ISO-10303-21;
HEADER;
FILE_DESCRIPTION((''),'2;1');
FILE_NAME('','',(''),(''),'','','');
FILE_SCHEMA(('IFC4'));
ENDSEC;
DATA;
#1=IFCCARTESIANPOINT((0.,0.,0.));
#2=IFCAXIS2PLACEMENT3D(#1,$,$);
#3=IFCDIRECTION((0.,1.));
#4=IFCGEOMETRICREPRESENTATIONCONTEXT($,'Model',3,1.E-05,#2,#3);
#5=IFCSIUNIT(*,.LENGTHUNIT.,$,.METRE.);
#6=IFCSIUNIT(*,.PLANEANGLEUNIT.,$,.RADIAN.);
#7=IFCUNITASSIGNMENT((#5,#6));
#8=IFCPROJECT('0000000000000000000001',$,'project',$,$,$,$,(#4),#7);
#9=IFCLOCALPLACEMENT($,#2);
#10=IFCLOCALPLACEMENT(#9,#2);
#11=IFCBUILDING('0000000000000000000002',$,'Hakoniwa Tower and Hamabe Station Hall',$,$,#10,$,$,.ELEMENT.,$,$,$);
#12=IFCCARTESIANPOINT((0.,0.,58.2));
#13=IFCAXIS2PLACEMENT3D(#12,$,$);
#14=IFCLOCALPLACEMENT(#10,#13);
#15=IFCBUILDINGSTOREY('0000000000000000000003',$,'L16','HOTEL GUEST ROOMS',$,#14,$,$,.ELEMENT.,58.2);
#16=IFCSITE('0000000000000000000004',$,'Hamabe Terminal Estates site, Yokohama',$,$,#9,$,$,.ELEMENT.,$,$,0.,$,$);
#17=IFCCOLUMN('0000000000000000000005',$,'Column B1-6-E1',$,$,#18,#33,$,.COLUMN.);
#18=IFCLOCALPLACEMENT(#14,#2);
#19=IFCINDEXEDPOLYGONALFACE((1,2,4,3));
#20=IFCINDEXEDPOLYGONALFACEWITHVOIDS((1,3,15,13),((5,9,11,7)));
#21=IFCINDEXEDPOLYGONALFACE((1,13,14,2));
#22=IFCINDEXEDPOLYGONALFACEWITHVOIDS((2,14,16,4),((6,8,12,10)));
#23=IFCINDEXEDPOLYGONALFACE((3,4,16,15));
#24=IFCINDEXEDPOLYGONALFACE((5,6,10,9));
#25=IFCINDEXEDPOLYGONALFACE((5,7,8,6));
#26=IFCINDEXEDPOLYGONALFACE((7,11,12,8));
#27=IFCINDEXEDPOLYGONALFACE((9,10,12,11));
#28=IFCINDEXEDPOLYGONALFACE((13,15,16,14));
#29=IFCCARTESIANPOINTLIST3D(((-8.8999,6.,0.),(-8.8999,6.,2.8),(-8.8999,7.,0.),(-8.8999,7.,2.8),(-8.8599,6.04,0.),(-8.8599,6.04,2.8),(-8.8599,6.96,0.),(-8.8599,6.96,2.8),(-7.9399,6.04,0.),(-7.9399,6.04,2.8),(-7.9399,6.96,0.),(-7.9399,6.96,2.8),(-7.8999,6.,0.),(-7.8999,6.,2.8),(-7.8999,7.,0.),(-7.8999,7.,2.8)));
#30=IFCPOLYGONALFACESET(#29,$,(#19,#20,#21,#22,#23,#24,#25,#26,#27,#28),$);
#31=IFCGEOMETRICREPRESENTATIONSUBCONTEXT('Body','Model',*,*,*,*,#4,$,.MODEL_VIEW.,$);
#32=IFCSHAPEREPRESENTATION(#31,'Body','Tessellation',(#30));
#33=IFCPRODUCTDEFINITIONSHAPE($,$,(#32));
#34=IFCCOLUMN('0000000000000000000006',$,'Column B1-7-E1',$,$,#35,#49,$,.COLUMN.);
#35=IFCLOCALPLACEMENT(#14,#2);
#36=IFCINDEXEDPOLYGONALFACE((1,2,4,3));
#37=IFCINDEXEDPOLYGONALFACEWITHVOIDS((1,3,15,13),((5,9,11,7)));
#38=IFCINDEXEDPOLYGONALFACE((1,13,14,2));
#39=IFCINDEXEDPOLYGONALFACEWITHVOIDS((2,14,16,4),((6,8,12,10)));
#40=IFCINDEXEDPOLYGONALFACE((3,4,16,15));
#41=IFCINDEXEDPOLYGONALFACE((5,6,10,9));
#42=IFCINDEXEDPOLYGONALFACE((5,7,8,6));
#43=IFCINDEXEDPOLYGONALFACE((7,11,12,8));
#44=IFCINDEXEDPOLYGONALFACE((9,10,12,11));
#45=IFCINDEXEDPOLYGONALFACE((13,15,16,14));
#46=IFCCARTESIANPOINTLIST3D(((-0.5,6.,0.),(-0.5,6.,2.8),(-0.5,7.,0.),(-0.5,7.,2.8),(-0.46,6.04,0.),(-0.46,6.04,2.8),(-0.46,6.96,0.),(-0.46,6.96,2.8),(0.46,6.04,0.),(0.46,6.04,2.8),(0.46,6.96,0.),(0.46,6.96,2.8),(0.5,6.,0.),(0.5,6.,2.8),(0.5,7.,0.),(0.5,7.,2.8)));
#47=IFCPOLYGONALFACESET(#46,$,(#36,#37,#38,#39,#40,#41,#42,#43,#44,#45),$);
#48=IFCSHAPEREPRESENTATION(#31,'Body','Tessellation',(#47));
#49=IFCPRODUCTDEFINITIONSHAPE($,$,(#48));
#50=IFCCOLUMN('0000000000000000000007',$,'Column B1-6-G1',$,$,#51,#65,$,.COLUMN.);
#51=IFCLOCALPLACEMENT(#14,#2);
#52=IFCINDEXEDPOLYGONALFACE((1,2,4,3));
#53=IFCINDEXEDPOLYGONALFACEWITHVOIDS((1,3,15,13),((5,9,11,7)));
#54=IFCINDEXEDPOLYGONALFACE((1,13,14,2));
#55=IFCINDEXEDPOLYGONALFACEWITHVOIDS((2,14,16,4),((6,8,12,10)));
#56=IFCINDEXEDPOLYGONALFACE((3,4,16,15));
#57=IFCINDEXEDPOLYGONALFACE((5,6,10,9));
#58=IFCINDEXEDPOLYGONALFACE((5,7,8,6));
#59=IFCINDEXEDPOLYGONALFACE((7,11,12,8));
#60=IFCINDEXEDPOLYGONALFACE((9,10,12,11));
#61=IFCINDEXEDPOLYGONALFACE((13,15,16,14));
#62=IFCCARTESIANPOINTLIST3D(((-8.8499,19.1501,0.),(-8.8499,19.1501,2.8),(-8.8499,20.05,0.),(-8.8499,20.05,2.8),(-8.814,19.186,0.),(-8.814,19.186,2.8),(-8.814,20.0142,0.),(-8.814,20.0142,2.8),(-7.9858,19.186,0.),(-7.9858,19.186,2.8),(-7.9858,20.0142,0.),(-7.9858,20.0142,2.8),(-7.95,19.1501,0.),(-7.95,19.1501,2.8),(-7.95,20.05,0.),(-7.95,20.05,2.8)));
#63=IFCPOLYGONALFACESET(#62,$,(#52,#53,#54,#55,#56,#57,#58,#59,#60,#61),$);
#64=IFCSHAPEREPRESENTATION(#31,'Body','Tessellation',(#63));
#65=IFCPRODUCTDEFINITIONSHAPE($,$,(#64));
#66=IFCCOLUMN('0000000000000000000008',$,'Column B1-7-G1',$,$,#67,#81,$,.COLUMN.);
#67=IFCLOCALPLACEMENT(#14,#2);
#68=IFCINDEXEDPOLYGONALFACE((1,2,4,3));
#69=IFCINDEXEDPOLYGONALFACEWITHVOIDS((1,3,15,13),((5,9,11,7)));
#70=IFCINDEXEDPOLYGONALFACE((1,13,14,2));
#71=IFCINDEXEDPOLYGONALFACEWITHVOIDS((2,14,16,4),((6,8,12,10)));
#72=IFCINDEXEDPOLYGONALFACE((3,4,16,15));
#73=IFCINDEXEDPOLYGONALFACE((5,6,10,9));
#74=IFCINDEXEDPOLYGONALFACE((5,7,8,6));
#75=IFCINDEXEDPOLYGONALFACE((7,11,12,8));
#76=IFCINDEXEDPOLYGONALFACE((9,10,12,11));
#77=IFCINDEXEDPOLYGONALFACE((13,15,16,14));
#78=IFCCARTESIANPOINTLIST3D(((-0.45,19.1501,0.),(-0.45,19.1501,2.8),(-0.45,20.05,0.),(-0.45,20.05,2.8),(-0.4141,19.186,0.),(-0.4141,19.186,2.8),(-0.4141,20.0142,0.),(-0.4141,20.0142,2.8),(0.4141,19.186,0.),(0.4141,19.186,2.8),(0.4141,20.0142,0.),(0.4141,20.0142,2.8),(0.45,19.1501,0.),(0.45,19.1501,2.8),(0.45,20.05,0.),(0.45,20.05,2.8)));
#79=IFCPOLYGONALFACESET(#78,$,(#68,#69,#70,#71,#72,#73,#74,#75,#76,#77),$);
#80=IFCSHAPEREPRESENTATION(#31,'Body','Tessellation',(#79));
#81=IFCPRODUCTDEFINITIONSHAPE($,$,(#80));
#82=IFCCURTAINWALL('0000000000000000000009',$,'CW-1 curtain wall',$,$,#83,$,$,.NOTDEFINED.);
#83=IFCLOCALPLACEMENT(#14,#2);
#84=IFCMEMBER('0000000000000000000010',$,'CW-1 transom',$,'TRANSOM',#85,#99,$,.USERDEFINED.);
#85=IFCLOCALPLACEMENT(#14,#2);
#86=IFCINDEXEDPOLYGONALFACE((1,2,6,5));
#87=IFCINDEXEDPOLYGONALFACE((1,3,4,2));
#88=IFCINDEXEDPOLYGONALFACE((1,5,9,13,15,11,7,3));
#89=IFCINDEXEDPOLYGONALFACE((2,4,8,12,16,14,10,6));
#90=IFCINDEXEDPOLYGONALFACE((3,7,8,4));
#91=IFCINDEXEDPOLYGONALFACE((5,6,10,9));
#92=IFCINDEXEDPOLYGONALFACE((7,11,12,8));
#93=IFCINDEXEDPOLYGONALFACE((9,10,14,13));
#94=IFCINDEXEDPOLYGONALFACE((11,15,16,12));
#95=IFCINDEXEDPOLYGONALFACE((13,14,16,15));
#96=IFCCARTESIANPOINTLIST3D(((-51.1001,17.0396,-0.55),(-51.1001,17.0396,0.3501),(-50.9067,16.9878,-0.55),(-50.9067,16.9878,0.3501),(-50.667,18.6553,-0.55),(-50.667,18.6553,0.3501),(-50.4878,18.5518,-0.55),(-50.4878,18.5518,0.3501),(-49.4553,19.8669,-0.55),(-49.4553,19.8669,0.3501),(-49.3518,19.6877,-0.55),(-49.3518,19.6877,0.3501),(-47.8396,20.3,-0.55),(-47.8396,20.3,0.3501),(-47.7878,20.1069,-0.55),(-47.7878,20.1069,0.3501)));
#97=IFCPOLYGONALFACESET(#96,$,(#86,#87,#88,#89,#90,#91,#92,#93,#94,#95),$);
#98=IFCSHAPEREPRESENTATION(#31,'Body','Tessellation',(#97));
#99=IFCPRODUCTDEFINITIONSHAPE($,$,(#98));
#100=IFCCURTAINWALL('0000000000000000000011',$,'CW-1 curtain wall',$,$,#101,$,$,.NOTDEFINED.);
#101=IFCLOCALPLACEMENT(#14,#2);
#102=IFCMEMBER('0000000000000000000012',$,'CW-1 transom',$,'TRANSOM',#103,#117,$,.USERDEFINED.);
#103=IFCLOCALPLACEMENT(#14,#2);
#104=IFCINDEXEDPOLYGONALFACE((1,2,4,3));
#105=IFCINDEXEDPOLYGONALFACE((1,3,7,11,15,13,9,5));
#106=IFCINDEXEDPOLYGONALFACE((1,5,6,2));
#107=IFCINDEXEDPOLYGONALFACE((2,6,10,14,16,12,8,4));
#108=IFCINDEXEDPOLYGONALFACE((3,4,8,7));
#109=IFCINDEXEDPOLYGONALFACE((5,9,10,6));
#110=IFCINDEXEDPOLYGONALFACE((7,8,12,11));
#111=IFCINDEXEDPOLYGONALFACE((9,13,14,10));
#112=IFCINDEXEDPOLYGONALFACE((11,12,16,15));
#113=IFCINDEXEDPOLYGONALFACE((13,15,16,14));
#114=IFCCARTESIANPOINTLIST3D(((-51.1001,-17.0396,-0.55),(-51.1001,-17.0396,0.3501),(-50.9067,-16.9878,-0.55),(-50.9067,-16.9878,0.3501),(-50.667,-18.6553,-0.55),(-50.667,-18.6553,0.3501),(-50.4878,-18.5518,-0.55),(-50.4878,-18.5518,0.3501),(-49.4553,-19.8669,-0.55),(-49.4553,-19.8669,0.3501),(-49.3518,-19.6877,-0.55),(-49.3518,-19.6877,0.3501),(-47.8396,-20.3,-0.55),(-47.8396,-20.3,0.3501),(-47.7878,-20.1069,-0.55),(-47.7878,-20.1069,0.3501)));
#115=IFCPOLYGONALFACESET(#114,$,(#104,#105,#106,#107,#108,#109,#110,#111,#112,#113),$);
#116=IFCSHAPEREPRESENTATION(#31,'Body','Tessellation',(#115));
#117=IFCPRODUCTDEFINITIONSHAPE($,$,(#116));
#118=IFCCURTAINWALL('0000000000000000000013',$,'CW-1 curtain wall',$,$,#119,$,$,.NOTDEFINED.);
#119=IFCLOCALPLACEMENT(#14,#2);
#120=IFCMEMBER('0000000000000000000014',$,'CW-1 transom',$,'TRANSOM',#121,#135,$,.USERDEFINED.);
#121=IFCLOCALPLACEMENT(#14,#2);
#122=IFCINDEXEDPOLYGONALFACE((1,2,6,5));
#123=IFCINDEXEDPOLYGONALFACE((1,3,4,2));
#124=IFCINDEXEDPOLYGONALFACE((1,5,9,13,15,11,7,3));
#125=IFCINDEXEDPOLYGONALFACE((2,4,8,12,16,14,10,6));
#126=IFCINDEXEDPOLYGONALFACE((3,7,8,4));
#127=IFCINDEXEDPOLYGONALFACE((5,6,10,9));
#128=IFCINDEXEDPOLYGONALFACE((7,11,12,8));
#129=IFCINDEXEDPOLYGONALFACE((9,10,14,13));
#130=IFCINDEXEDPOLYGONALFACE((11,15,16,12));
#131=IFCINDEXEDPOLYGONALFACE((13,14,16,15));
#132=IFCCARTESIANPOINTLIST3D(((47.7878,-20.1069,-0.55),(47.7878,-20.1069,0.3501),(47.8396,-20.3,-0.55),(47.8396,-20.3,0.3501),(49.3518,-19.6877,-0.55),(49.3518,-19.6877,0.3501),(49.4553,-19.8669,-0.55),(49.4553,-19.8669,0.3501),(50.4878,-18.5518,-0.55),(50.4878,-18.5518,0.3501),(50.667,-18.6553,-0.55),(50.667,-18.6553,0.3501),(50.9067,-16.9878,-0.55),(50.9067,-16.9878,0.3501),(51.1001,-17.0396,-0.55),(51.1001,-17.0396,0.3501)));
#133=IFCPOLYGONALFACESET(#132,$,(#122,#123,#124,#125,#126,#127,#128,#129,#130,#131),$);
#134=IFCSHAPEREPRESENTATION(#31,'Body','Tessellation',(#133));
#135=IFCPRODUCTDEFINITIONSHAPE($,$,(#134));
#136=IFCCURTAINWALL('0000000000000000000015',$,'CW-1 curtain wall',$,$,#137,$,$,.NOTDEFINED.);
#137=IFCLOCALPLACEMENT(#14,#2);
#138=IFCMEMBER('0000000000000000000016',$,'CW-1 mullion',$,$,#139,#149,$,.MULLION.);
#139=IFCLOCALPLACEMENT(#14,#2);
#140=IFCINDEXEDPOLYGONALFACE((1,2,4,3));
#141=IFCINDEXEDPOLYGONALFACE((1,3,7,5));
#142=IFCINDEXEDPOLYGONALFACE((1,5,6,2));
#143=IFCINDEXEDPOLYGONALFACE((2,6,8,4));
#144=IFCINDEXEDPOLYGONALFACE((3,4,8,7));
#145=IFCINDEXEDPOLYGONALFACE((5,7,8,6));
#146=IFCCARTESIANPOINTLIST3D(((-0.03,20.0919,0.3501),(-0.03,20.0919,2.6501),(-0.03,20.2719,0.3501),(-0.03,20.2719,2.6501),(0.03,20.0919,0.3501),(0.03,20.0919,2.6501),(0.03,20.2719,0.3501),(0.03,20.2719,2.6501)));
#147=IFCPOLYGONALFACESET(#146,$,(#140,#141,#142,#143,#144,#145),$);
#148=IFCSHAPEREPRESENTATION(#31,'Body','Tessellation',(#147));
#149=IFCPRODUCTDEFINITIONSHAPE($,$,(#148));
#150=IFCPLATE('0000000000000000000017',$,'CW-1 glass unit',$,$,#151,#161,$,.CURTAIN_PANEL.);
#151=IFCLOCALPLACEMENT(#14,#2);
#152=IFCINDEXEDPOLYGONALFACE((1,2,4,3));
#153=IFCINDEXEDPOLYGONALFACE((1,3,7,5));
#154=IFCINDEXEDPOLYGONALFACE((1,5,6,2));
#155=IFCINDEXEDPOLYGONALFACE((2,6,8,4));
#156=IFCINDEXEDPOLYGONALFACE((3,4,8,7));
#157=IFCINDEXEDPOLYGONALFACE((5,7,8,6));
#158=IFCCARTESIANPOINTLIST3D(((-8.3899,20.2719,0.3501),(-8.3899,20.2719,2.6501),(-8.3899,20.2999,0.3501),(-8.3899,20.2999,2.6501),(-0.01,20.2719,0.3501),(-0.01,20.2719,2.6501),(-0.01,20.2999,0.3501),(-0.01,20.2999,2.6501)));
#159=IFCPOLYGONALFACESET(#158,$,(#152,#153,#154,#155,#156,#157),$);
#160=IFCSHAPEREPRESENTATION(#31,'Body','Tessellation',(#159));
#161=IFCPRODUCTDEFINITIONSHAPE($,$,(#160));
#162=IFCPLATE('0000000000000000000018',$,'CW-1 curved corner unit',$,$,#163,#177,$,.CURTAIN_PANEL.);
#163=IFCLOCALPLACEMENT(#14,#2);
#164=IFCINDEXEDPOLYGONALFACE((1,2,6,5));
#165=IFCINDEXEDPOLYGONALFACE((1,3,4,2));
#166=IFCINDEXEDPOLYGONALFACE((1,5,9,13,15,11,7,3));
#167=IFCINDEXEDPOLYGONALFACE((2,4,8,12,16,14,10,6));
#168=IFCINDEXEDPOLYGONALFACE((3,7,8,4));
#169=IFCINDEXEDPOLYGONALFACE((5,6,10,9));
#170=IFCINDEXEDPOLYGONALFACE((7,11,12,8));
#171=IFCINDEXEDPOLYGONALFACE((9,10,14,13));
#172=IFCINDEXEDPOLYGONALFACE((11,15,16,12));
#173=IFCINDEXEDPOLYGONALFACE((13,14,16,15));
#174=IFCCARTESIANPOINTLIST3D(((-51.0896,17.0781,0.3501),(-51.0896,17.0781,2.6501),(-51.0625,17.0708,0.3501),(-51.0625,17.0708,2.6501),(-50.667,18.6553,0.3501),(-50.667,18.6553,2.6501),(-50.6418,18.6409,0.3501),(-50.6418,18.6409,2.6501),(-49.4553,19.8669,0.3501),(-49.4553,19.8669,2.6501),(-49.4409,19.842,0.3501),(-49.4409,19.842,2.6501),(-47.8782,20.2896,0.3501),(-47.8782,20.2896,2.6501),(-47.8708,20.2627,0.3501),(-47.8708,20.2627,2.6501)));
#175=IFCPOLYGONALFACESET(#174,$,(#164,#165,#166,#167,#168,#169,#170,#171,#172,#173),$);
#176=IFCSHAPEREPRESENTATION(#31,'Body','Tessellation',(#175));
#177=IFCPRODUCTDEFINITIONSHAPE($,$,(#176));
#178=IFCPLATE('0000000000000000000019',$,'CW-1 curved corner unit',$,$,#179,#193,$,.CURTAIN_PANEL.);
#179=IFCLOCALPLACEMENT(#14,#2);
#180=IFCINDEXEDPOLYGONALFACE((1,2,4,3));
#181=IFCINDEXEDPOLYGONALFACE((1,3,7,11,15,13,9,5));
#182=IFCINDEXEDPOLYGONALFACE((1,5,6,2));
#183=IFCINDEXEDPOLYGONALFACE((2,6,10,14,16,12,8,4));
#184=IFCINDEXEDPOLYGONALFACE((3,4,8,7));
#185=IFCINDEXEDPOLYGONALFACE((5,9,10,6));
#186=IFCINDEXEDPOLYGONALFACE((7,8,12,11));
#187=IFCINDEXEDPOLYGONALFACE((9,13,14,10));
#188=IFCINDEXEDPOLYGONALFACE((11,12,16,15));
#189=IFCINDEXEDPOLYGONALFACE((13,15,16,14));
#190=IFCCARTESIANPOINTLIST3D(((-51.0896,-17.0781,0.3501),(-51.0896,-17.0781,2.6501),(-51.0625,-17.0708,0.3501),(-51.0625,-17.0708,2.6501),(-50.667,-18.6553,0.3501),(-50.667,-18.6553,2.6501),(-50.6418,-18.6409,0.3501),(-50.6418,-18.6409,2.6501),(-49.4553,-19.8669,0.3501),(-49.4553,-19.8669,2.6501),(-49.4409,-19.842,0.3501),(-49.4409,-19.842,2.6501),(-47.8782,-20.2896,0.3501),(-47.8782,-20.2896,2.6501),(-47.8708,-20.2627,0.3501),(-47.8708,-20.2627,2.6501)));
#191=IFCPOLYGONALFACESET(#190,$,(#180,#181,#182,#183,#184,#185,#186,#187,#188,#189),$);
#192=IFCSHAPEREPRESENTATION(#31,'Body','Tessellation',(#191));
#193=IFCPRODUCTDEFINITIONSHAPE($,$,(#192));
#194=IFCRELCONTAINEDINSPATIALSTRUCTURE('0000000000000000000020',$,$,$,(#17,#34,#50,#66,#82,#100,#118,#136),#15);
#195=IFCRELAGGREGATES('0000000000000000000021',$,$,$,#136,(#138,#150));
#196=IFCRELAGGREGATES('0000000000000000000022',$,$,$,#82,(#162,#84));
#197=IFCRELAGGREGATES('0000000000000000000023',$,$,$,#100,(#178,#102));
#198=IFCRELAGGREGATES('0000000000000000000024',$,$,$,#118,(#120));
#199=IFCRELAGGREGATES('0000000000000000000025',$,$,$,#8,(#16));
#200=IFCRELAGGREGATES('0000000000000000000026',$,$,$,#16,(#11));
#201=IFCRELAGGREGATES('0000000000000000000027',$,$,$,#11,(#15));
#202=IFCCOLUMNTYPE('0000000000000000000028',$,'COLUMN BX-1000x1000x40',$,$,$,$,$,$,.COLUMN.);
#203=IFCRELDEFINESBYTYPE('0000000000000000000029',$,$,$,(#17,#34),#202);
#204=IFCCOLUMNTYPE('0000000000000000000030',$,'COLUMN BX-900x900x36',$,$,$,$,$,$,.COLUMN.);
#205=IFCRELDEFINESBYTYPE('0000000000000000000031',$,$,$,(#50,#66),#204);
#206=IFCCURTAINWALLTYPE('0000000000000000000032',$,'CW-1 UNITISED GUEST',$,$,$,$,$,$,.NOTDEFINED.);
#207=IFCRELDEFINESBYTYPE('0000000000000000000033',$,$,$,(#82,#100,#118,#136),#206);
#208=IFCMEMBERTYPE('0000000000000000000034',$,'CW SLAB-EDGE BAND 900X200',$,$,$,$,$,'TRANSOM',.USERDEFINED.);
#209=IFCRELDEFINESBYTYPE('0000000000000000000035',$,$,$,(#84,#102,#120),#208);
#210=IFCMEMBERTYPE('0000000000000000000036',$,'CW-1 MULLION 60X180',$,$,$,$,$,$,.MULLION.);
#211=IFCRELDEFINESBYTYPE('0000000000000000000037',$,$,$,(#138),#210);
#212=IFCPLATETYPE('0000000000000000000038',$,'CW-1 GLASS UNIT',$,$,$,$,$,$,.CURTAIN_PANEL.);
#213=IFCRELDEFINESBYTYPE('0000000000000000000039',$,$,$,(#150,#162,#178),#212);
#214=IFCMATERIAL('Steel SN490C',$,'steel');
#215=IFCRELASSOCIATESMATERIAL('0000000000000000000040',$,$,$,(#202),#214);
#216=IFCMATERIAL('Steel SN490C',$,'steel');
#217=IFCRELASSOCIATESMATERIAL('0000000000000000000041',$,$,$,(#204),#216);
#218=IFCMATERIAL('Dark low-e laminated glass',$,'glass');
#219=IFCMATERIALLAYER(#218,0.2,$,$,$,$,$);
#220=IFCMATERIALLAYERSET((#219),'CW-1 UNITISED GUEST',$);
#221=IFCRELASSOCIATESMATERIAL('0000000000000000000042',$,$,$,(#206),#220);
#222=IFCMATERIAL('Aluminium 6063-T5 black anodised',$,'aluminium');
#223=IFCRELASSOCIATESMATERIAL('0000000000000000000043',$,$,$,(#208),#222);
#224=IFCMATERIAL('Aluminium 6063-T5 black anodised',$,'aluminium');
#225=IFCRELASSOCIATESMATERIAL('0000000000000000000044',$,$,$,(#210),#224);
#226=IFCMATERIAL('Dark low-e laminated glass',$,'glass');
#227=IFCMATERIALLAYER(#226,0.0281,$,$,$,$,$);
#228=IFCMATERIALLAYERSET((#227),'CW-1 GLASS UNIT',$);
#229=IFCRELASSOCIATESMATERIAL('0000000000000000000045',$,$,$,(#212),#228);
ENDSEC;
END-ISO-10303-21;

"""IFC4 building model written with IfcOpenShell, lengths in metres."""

from ifc_helpers import new_model, si_unit, direction, frame, origin, origin_2d, place, context, subcontext, project, spatial, polyline, rectangle, hollow_rectangle, outline, extrude, material, layer, layer_set, material_profile, profile_set, type_object, element, aggregate, save


model = new_model("IFC4")

# Units and contexts
model_context = context("Model", 3, precision=1e-05, world=origin(), true_north=direction((0.0, 1.0)))
body_context = subcontext(model_context, "Body", "Model", "MODEL_VIEW")
ifc_project = project(units=[si_unit("LENGTHUNIT", "METRE"), si_unit("PLANEANGLEUNIT", "RADIAN")], contexts=[model_context])

# Site, building, storey
site_placement = place(None, origin())
site = spatial("IfcSite", under=ifc_project, at=site_placement, Name="Hamabe Terminal Estates site, Yokohama", CompositionType="ELEMENT", RefElevation=0.0)
building_placement = place(site_placement, origin())
building = spatial("IfcBuilding", under=site, at=building_placement, Name="Hakoniwa Tower and Hamabe Station Hall", CompositionType="ELEMENT")
storey_placement = place(building_placement, frame((0.0, 0.0, 58.2)))
storey = spatial("IfcBuildingStorey", under=building, at=storey_placement, Name="L16", Description="HOTEL GUEST ROOMS", CompositionType="ELEMENT", Elevation=58.2)

# Columns
ifc_material_1 = material(Name="Steel SN490C", Category="steel")
ifc_material_profile_1 = material_profile(ifc_material_1, hollow_rectangle(XDim=1.0, YDim=1.0, WallThickness=0.04, at=origin_2d()), Name="BX-1000x1000x40")
ifc_profile_set_1 = profile_set([ifc_material_profile_1], Name="Steel SN490C")
column_type_1 = type_object("IfcColumnType", Name="COLUMN BX-1000x1000x40", PredefinedType="COLUMN", material=ifc_profile_set_1)
for number, where, z_axis, x_axis, name in (
    (1, (-8.3999, 6.5, 0.0), (0.0, 0.0, 1.0), (1.0, 0.0, 0.0), "Column B1-6-E1"),
    (2, (0.0, 6.5, 0.0), (0.0, 0.0, 1.0), (1.0, 0.0, 0.0), "Column B1-7-E1"),
):
    element("IfcColumn", number, at=place(storey_placement, frame(where, z_axis=z_axis, x_axis=x_axis)), inside=storey, type_object=column_type_1, Name=name, PredefinedType="COLUMN", context=body_context, shape_type="SweptSolid", body=[
        extrude(hollow_rectangle(XDim=1.0, YDim=1.0, WallThickness=0.04, at=origin_2d()), origin(), (0.0, 0.0, 1.0), 2.8),
    ])
ifc_material_2 = material(Name="Steel SN490C", Category="steel")
ifc_material_profile_2 = material_profile(ifc_material_2, hollow_rectangle(XDim=0.8999, YDim=0.8999, WallThickness=0.0359, at=origin_2d()), Name="BX-900x900x36")
ifc_profile_set_2 = profile_set([ifc_material_profile_2], Name="Steel SN490C")
column_type_2 = type_object("IfcColumnType", Name="COLUMN BX-900x900x36", PredefinedType="COLUMN", material=ifc_profile_set_2)
for number, where, z_axis, x_axis, name in (
    (3, (-8.3999, 19.6001, 0.0), (0.0, 0.0, 1.0), (1.0, 0.0, 0.0), "Column B1-6-G1"),
    (4, (0.0, 19.6001, 0.0), (0.0, 0.0, 1.0), (1.0, 0.0, 0.0), "Column B1-7-G1"),
):
    element("IfcColumn", number, at=place(storey_placement, frame(where, z_axis=z_axis, x_axis=x_axis)), inside=storey, type_object=column_type_2, Name=name, PredefinedType="COLUMN", context=body_context, shape_type="SweptSolid", body=[
        extrude(hollow_rectangle(XDim=0.8999, YDim=0.8999, WallThickness=0.0359, at=origin_2d()), origin(), (0.0, 0.0, 1.0), 2.8),
    ])

# Curtain walls, members
ifc_material_3 = material(Name="Dark low-e laminated glass", Category="glass")
ifc_layer_1 = layer(ifc_material_3, 0.2)
ifc_layer_set_1 = layer_set([ifc_layer_1], Name="CW-1 UNITISED GUEST")
curtain_wall_type = type_object("IfcCurtainWallType", Name="CW-1 UNITISED GUEST", PredefinedType="NOTDEFINED", material=ifc_layer_set_1)
curtain_wall_1_placement = place(storey_placement, origin())
curtain_wall_1 = element("IfcCurtainWall", 5, at=curtain_wall_1_placement, inside=storey, type_object=curtain_wall_type, Name="CW-1 curtain wall", PredefinedType="NOTDEFINED")
ifc_material_4 = material(Name="Aluminium 6063-T5 black anodised", Category="aluminium")
ifc_material_profile_3 = material_profile(ifc_material_4, rectangle(XDim=0.2, YDim=0.8999, at=origin_2d()), Name="CW SLAB-EDGE BAND 900X200")
ifc_profile_set_3 = profile_set([ifc_material_profile_3], Name="Aluminium 6063-T5 black anodised")
member_type_1 = type_object("IfcMemberType", Name="CW SLAB-EDGE BAND 900X200", ElementType="TRANSOM", PredefinedType="USERDEFINED", material=ifc_profile_set_3)
member_1_placement = place(storey_placement, frame((0.0, 0.0, -0.55)))
member_1 = element("IfcMember", 6, at=member_1_placement, type_object=member_type_1, Name="CW-1 transom", ObjectType="TRANSOM", PredefinedType="USERDEFINED", context=body_context, shape_type="SweptSolid", body=[
    extrude(outline(polyline([(-47.8396, 20.3), (-49.4553, 19.8669), (-50.667, 18.6553), (-51.1001, 17.0396), (-50.9067, 16.9878), (-50.4878, 18.5518), (-49.3518, 19.6877), (-47.7878, 20.1069), (-47.8396, 20.3)])), origin(), (0.0, 0.0, 1.0), 0.9001),
])
curtain_wall_2_placement = place(storey_placement, origin())
curtain_wall_2 = element("IfcCurtainWall", 7, at=curtain_wall_2_placement, inside=storey, type_object=curtain_wall_type, Name="CW-1 curtain wall", PredefinedType="NOTDEFINED")
member_2_placement = place(storey_placement, frame((0.0, 0.0, -0.55)))
member_2 = element("IfcMember", 8, at=member_2_placement, type_object=member_type_1, Name="CW-1 transom", ObjectType="TRANSOM", PredefinedType="USERDEFINED", context=body_context, shape_type="SweptSolid", body=[
    extrude(outline(polyline([(-51.1001, -17.0396), (-50.667, -18.6553), (-49.4553, -19.8669), (-47.8396, -20.3), (-47.7878, -20.1069), (-49.3518, -19.6877), (-50.4878, -18.5518), (-50.9067, -16.9878), (-51.1001, -17.0396)])), origin(), (0.0, 0.0, 1.0), 0.9001),
])
curtain_wall_3_placement = place(storey_placement, origin())
curtain_wall_3 = element("IfcCurtainWall", 9, at=curtain_wall_3_placement, inside=storey, type_object=curtain_wall_type, Name="CW-1 curtain wall", PredefinedType="NOTDEFINED")
member_3_placement = place(storey_placement, frame((0.0, 0.0, -0.55)))
member_3 = element("IfcMember", 10, at=member_3_placement, type_object=member_type_1, Name="CW-1 transom", ObjectType="TRANSOM", PredefinedType="USERDEFINED", context=body_context, shape_type="SweptSolid", body=[
    extrude(outline(polyline([(47.8396, -20.3), (49.4553, -19.8669), (50.667, -18.6553), (51.1001, -17.0396), (50.9067, -16.9878), (50.4878, -18.5518), (49.3518, -19.6877), (47.7878, -20.1069), (47.8396, -20.3)])), origin(), (0.0, 0.0, 1.0), 0.9001),
])

# Curtain wall, member, plate
curtain_wall_4_placement = place(storey_placement, origin())
curtain_wall_4 = element("IfcCurtainWall", 11, at=curtain_wall_4_placement, inside=storey, type_object=curtain_wall_type, Name="CW-1 curtain wall", PredefinedType="NOTDEFINED")
ifc_material_5 = material(Name="Aluminium 6063-T5 black anodised", Category="aluminium")
ifc_material_profile_4 = material_profile(ifc_material_5, rectangle(XDim=0.0601, YDim=0.1799, at=origin_2d()), Name="CW-1 MULLION 60X180")
ifc_profile_set_4 = profile_set([ifc_material_profile_4], Name="Aluminium 6063-T5 black anodised")
member_type_2 = type_object("IfcMemberType", Name="CW-1 MULLION 60X180", PredefinedType="MULLION", material=ifc_profile_set_4)
member_4_placement = place(storey_placement, frame((0.0, 20.1819, 0.3501), z_axis=(0.0, 0.0, 1.0), x_axis=(-1.0, 0.0, 0.0)))
member_4 = element("IfcMember", 12, at=member_4_placement, type_object=member_type_2, Name="CW-1 mullion", PredefinedType="MULLION", context=body_context, shape_type="SweptSolid", body=[
    extrude(rectangle(XDim=0.0601, YDim=0.1799, at=origin_2d()), origin(), (0.0, 0.0, 1.0), 2.3),
])
ifc_material_6 = material(Name="Dark low-e laminated glass", Category="glass")
ifc_layer_2 = layer(ifc_material_6, 0.0281)
ifc_layer_set_2 = layer_set([ifc_layer_2], Name="CW-1 GLASS UNIT")
plate_type = type_object("IfcPlateType", Name="CW-1 GLASS UNIT", PredefinedType="CURTAIN_PANEL", material=ifc_layer_set_2)
plate_1_placement = place(storey_placement, frame((-4.2, 20.2859, 0.3501), z_axis=(0.0, 0.0, 1.0), x_axis=(-1.0, 0.0, 0.0)))
plate_1 = element("IfcPlate", 13, at=plate_1_placement, type_object=plate_type, Name="CW-1 glass unit", PredefinedType="CURTAIN_PANEL", context=body_context, shape_type="SweptSolid", body=[
    extrude(rectangle(XDim=8.3799, YDim=0.0281, at=origin_2d()), origin(), (0.0, 0.0, 1.0), 2.3),
])
aggregate(curtain_wall_4, [member_4, plate_1])

# Plates
plate_2_placement = place(storey_placement, frame((0.0, 0.0, 0.3501)))
plate_2 = element("IfcPlate", 14, at=plate_2_placement, type_object=plate_type, Name="CW-1 curved corner unit", PredefinedType="CURTAIN_PANEL", context=body_context, shape_type="SweptSolid", body=[
    extrude(outline(polyline([(-47.8782, 20.2896), (-49.4553, 19.8669), (-50.667, 18.6553), (-51.0896, 17.0781), (-51.0625, 17.0708), (-50.6418, 18.6409), (-49.4409, 19.842), (-47.8708, 20.2627), (-47.8782, 20.2896)])), origin(), (0.0, 0.0, 1.0), 2.3),
])
aggregate(curtain_wall_1, [plate_2, member_1])
plate_3_placement = place(storey_placement, frame((0.0, 0.0, 0.3501)))
plate_3 = element("IfcPlate", 15, at=plate_3_placement, type_object=plate_type, Name="CW-1 curved corner unit", PredefinedType="CURTAIN_PANEL", context=body_context, shape_type="SweptSolid", body=[
    extrude(outline(polyline([(-51.0896, -17.0781), (-50.667, -18.6553), (-49.4553, -19.8669), (-47.8782, -20.2896), (-47.8708, -20.2627), (-49.4409, -19.842), (-50.6418, -18.6409), (-51.0625, -17.0708), (-51.0896, -17.0781)])), origin(), (0.0, 0.0, 1.0), 2.3),
])
aggregate(curtain_wall_2, [plate_3, member_2])
aggregate(curtain_wall_3, [member_3])

save(model, "model.ifc")
